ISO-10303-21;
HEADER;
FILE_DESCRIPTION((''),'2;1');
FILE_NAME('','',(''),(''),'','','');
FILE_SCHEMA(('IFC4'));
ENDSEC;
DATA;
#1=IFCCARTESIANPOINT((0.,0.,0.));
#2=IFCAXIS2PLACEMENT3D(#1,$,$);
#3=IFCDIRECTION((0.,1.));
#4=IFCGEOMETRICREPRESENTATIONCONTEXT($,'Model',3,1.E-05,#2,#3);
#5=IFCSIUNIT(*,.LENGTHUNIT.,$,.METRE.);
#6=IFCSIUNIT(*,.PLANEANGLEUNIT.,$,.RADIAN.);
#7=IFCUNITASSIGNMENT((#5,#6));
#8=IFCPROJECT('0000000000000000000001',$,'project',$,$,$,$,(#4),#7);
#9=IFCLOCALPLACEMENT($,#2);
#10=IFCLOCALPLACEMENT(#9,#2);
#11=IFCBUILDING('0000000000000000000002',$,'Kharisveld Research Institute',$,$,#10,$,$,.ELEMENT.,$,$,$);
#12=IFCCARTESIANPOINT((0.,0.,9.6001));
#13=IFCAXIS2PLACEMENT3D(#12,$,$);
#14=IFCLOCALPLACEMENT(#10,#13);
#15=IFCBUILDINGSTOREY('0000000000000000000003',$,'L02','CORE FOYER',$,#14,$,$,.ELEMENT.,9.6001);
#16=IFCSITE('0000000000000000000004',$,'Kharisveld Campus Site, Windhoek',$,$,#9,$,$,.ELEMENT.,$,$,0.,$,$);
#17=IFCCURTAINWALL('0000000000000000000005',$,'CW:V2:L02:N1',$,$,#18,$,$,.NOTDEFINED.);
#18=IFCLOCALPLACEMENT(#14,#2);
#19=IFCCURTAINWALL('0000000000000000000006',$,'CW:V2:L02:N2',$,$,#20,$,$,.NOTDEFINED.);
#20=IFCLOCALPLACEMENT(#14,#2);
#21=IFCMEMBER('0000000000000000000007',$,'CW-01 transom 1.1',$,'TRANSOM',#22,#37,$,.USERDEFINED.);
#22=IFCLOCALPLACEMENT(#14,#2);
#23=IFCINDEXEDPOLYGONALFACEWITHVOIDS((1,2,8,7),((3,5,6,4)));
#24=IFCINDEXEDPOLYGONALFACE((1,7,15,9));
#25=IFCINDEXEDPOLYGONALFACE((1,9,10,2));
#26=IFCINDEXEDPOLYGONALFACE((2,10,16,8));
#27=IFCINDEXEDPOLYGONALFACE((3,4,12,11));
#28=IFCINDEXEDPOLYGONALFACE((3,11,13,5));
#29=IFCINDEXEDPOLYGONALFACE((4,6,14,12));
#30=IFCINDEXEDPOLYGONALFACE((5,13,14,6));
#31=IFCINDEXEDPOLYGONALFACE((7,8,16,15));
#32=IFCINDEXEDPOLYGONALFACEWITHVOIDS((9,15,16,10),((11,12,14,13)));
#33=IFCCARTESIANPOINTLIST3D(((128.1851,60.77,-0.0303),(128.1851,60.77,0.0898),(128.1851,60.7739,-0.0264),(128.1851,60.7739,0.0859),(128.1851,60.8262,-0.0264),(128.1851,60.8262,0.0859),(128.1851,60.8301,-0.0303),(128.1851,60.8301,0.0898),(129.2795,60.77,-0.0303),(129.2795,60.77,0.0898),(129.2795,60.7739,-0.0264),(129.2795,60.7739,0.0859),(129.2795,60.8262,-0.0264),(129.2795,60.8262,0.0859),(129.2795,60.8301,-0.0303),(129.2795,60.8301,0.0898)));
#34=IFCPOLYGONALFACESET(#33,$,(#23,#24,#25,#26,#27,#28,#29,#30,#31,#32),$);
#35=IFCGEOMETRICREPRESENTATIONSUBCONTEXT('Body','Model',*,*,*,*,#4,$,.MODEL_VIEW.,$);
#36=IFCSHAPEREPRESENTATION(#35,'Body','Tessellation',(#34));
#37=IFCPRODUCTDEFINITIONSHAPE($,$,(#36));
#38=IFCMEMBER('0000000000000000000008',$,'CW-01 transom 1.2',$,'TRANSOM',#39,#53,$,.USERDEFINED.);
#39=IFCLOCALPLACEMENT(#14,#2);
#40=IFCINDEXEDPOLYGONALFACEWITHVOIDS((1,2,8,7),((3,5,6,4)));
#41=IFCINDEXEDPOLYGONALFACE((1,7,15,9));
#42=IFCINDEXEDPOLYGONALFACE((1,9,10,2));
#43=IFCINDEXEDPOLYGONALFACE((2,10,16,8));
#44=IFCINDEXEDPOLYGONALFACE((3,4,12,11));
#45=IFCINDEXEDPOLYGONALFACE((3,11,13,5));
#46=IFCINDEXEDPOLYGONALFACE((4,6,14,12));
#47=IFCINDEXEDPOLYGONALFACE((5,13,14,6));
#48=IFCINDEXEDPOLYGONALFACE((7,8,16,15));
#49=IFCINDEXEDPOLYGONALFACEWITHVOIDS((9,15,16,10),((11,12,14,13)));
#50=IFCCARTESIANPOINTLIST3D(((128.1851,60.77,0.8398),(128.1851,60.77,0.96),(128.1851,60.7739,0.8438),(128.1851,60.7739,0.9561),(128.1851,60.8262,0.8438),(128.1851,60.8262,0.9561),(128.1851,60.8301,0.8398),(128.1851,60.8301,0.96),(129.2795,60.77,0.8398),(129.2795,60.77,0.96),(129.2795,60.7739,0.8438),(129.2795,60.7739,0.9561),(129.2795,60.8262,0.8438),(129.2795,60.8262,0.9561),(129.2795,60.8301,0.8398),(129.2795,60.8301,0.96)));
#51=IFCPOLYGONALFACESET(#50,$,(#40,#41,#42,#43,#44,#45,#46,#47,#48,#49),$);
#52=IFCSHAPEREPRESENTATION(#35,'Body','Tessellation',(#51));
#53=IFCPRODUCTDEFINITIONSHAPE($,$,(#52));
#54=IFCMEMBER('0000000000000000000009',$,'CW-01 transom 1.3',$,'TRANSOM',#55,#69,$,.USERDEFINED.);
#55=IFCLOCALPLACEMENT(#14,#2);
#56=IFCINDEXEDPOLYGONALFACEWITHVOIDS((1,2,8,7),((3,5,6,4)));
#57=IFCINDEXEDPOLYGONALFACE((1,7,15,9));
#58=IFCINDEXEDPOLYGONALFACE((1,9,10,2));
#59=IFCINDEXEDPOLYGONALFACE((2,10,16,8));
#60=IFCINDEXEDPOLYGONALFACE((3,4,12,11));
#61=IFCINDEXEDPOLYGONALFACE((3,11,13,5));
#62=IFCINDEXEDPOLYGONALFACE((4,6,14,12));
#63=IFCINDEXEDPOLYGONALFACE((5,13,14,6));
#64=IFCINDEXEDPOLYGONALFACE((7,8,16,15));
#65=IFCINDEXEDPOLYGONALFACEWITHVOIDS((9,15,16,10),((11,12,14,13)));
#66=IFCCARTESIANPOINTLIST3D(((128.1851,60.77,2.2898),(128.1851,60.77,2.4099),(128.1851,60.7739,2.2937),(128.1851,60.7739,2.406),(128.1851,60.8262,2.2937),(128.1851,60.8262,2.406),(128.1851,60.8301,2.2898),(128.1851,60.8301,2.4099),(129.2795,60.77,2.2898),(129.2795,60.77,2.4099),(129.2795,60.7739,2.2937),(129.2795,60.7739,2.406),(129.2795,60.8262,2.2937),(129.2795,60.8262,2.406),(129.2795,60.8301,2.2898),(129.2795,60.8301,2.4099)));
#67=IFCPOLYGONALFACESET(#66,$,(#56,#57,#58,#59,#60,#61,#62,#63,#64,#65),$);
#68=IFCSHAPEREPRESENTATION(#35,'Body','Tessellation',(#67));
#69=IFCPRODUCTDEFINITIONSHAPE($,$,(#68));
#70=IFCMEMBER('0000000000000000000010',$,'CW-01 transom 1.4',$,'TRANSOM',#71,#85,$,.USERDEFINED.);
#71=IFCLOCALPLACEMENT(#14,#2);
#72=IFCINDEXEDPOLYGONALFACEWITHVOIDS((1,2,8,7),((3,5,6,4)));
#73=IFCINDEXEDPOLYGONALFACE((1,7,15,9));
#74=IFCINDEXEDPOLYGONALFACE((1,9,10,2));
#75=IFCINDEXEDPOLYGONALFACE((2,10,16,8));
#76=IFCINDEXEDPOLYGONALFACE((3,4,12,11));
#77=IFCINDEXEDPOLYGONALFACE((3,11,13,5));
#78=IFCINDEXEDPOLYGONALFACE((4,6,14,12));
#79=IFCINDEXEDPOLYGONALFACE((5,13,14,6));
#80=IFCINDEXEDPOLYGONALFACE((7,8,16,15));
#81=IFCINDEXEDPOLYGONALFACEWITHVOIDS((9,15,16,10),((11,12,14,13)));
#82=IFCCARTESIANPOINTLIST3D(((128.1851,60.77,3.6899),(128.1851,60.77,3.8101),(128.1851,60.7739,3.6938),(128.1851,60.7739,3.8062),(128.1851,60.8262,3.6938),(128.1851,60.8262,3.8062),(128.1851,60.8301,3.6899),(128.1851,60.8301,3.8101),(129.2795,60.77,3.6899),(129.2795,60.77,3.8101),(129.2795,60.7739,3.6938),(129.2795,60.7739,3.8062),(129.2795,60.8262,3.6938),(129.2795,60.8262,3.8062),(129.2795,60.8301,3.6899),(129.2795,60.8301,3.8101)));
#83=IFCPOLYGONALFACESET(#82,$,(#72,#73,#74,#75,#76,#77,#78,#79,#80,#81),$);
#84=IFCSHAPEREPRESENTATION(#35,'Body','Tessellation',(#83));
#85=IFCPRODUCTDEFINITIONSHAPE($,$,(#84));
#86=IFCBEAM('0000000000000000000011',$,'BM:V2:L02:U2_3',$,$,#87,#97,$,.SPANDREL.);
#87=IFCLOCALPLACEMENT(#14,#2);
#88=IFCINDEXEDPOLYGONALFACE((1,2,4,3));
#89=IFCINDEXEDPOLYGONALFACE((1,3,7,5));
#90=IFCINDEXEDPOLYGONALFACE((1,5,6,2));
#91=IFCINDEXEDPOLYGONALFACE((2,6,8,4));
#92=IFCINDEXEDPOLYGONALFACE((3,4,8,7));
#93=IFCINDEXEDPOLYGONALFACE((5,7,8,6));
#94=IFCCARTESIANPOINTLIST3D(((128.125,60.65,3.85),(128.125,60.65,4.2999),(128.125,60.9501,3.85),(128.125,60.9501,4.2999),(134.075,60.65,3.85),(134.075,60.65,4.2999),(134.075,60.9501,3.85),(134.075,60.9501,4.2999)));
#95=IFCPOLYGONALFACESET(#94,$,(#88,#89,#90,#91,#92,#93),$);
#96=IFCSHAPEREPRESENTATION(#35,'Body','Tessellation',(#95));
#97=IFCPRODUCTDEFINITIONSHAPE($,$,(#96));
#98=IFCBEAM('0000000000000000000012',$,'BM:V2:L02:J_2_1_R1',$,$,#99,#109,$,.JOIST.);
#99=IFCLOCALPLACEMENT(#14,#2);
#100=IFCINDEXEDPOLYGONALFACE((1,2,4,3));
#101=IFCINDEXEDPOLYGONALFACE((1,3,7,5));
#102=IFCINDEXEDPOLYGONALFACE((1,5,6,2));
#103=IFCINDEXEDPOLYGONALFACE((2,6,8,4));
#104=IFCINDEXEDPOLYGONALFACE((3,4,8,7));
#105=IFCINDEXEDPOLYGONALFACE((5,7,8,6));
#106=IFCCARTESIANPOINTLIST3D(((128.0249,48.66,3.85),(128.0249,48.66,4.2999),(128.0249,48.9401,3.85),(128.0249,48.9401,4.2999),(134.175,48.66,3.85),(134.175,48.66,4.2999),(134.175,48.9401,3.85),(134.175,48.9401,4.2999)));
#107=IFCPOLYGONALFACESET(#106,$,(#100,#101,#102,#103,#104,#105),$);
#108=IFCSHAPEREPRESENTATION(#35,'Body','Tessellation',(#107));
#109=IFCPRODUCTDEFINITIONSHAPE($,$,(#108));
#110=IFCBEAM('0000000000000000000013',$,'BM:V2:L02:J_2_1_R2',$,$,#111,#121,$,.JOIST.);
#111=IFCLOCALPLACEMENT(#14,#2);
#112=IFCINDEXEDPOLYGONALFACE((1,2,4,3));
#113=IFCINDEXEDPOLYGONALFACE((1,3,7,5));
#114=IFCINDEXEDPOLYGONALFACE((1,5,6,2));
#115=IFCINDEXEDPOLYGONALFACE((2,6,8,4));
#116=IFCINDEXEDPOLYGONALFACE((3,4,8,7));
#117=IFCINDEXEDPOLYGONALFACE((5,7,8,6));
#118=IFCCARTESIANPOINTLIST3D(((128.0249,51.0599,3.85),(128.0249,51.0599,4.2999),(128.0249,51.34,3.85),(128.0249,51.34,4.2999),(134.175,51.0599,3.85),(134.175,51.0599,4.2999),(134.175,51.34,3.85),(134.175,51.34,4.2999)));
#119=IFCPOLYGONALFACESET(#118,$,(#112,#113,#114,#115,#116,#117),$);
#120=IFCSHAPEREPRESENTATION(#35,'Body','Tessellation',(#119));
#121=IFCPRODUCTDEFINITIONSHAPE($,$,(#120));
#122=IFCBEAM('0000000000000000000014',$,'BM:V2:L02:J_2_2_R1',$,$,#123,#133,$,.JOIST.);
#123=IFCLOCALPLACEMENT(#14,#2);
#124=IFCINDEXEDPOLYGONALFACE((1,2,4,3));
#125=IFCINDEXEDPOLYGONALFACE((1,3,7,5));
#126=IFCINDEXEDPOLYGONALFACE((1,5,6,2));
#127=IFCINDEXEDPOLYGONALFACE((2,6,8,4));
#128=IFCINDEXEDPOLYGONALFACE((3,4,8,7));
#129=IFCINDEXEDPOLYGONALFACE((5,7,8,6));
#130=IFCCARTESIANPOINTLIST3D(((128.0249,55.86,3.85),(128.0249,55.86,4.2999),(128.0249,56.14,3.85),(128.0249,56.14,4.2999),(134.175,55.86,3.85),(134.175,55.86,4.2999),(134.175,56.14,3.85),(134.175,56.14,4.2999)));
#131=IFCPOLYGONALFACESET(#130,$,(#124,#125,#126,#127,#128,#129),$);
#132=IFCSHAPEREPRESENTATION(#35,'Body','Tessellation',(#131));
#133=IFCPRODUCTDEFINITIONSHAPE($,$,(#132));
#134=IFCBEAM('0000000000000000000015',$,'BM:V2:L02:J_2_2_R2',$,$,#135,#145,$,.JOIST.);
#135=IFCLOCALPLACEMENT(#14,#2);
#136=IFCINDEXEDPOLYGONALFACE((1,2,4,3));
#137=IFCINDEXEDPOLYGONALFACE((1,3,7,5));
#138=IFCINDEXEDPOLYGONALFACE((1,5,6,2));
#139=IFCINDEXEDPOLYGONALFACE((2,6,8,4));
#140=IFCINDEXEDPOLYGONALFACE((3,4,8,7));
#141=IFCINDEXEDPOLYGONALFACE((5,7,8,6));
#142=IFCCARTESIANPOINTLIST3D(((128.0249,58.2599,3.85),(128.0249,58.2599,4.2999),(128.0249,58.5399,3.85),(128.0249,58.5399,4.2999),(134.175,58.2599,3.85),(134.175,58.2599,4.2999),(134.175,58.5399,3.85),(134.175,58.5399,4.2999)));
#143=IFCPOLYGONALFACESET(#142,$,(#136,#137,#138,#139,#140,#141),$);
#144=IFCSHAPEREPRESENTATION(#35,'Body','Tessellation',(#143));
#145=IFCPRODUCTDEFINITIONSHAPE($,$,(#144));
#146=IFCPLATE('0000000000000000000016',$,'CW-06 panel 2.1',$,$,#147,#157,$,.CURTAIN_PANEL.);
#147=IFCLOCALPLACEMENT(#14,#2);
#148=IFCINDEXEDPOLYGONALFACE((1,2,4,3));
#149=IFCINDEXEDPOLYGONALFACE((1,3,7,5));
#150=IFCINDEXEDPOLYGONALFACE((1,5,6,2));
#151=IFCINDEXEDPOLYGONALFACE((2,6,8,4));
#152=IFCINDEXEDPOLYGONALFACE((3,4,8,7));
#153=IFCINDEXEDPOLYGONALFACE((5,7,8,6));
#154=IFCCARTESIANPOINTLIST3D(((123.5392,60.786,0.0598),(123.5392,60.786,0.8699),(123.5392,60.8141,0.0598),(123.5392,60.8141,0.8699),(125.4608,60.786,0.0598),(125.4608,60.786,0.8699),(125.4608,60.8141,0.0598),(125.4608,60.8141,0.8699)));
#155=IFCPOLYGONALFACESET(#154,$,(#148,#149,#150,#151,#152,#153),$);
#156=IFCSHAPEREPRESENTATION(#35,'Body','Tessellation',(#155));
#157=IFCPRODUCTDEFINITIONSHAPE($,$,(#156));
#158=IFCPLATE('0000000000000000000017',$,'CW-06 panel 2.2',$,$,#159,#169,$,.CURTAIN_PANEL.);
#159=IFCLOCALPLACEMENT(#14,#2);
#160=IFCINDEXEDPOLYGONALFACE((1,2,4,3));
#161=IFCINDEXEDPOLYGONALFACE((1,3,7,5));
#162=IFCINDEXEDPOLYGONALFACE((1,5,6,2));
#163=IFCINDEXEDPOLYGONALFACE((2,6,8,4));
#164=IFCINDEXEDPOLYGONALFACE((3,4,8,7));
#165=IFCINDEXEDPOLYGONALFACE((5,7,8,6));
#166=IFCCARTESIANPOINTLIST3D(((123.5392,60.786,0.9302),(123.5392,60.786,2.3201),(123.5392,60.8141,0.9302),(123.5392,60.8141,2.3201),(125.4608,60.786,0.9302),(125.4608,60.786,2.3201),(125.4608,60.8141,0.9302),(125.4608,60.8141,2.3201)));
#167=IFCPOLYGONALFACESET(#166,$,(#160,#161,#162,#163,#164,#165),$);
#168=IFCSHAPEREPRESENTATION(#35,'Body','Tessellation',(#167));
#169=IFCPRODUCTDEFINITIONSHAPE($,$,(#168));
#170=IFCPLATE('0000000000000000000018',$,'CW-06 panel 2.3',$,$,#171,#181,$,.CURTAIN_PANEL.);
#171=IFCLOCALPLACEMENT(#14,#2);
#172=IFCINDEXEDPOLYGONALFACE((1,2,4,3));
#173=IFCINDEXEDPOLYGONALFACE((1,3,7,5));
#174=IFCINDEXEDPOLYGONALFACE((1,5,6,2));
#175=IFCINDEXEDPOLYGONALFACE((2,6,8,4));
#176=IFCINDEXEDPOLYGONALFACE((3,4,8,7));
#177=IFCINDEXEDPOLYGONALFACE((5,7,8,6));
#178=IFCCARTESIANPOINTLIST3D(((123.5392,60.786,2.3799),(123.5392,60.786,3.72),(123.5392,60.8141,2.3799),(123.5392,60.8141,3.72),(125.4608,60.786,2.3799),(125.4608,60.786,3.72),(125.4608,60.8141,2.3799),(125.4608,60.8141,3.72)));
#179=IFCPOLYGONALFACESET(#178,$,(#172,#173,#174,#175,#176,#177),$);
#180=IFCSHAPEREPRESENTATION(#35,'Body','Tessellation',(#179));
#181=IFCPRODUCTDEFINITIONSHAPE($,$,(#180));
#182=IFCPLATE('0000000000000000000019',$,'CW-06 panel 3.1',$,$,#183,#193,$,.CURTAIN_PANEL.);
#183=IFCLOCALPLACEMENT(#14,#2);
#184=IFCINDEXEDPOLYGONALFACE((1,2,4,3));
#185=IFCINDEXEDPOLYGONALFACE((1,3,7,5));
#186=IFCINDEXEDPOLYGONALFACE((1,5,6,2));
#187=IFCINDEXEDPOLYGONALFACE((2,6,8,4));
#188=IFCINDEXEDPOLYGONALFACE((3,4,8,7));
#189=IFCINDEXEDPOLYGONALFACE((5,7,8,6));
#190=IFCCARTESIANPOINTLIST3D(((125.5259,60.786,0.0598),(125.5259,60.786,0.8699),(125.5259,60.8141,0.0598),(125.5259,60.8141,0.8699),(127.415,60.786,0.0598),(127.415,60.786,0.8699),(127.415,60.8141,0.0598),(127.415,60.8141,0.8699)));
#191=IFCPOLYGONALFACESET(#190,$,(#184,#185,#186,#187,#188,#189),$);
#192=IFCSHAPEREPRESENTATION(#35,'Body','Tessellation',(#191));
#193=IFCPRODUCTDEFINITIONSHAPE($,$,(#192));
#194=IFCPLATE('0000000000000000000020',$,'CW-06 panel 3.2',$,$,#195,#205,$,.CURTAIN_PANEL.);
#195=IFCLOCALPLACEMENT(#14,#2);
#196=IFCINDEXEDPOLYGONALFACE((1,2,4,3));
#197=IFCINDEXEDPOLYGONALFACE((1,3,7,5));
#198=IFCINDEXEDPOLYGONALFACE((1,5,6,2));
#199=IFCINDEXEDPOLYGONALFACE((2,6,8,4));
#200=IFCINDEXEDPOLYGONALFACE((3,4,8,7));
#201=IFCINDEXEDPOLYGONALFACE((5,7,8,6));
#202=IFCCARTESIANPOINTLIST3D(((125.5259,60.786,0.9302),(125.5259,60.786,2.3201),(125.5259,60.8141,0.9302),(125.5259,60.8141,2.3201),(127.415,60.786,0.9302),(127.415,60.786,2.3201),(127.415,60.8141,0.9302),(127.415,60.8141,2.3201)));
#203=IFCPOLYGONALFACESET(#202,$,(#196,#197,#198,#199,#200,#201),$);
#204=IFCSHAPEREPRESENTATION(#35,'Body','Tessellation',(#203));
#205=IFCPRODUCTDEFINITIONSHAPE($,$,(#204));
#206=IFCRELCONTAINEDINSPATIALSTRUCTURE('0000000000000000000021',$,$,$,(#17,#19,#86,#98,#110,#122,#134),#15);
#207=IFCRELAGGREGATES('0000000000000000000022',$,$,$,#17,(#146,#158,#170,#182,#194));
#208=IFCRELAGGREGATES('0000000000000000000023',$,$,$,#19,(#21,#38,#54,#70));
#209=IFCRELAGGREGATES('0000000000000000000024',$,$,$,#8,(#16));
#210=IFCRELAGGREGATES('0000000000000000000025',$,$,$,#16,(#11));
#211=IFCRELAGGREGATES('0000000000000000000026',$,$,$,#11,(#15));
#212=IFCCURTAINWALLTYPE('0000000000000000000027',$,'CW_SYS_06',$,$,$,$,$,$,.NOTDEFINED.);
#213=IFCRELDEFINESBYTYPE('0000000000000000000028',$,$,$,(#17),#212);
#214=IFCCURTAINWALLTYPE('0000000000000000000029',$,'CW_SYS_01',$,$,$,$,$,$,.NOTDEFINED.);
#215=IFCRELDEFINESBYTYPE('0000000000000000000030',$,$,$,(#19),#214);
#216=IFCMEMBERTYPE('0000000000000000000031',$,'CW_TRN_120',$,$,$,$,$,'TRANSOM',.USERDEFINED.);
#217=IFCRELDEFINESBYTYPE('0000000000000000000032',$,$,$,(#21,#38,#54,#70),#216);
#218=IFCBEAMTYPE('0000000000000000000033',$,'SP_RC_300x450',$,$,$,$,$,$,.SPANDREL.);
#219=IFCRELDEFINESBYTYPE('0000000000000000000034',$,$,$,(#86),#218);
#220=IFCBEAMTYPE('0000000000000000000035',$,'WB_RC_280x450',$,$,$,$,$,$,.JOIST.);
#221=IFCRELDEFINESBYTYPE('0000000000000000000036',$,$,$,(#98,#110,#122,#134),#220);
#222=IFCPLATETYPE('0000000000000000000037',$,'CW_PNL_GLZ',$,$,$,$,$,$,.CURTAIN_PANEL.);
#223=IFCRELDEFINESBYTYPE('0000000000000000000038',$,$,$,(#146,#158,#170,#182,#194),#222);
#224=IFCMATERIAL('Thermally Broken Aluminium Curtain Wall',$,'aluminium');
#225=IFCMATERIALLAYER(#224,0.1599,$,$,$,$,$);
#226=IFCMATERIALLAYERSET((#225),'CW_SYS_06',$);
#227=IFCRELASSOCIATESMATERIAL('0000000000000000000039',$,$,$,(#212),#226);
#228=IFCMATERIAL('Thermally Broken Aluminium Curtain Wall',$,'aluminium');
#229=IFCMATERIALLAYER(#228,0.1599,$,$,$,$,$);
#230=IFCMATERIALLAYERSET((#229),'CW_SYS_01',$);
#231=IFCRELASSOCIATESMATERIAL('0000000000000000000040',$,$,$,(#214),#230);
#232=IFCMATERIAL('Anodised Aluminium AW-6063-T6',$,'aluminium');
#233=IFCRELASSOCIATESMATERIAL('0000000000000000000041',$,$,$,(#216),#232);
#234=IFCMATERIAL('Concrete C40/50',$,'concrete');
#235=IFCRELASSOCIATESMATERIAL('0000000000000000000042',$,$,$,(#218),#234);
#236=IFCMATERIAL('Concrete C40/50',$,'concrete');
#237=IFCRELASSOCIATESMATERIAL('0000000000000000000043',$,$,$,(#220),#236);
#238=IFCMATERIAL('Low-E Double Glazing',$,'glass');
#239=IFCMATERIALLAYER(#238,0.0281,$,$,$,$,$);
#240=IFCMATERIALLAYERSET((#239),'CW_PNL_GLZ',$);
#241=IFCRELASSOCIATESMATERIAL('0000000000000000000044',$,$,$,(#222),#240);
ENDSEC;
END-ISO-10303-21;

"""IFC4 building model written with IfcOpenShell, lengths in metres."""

from ifc_helpers import new_model, si_unit, direction, frame, origin, origin_2d, place, context, subcontext, project, spatial, rectangle, hollow_rectangle, extrude, material, layer, layer_set, material_profile, profile_set, type_object, element, aggregate, save


model = new_model("IFC4")

# Units and contexts
model_context = context("Model", 3, precision=1e-05, world=origin(), true_north=direction((0.0, 1.0)))
body_context = subcontext(model_context, "Body", "Model", "MODEL_VIEW")
ifc_project = project(units=[si_unit("LENGTHUNIT", "METRE"), si_unit("PLANEANGLEUNIT", "RADIAN")], contexts=[model_context])

# Site, building, storey
site_placement = place(None, origin())
site = spatial("IfcSite", under=ifc_project, at=site_placement, Name="Kharisveld Campus Site, Windhoek", CompositionType="ELEMENT", RefElevation=0.0)
building_placement = place(site_placement, origin())
building = spatial("IfcBuilding", under=site, at=building_placement, Name="Kharisveld Research Institute", CompositionType="ELEMENT")
storey_placement = place(building_placement, frame((0.0, 0.0, 9.6001)))
storey = spatial("IfcBuildingStorey", under=building, at=storey_placement, Name="L02", Description="CORE FOYER", CompositionType="ELEMENT", Elevation=9.6001)

# Curtain wall
ifc_material_1 = material(Name="Thermally Broken Aluminium Curtain Wall", Category="aluminium")
ifc_layer_1 = layer(ifc_material_1, 0.1599)
ifc_layer_set_1 = layer_set([ifc_layer_1], Name="CW_SYS_06")
curtain_wall_type_1 = type_object("IfcCurtainWallType", Name="CW_SYS_06", PredefinedType="NOTDEFINED", material=ifc_layer_set_1)
curtain_wall_1_placement = place(storey_placement, origin())
curtain_wall_1 = element("IfcCurtainWall", 1, at=curtain_wall_1_placement, inside=storey, type_object=curtain_wall_type_1, Name="CW:V2:L02:N1", PredefinedType="NOTDEFINED")

# Curtain wall
ifc_material_2 = material(Name="Thermally Broken Aluminium Curtain Wall", Category="aluminium")
ifc_layer_2 = layer(ifc_material_2, 0.1599)
ifc_layer_set_2 = layer_set([ifc_layer_2], Name="CW_SYS_01")
curtain_wall_type_2 = type_object("IfcCurtainWallType", Name="CW_SYS_01", PredefinedType="NOTDEFINED", material=ifc_layer_set_2)
curtain_wall_2_placement = place(storey_placement, origin())
curtain_wall_2 = element("IfcCurtainWall", 2, at=curtain_wall_2_placement, inside=storey, type_object=curtain_wall_type_2, Name="CW:V2:L02:N2", PredefinedType="NOTDEFINED")

# Members
ifc_material_3 = material(Name="Anodised Aluminium AW-6063-T6", Category="aluminium")
ifc_material_profile_1 = material_profile(ifc_material_3, hollow_rectangle(XDim=0.0601, YDim=0.1201, WallThickness=0.0039, at=origin_2d()))
ifc_profile_set_1 = profile_set([ifc_material_profile_1], Name="Anodised Aluminium AW-6063-T6")
member_type_1 = type_object("IfcMemberType", Name="CW_TRN_120", ElementType="TRANSOM", PredefinedType="USERDEFINED", material=ifc_profile_set_1)
member_1_placement = place(storey_placement, frame((128.1851, 60.8, 0.0298), z_axis=(1.0, 0.0, 0.0), x_axis=(0.0, 1.0, 0.0)))
member_1 = element("IfcMember", 3, at=member_1_placement, type_object=member_type_1, Name="CW-01 transom 1.1", ObjectType="TRANSOM", PredefinedType="USERDEFINED", context=body_context, shape_type="SweptSolid", body=[
    extrude(hollow_rectangle(XDim=0.0601, YDim=0.1201, WallThickness=0.0039, at=origin_2d()), origin(), (0.0, 0.0, 1.0), 1.0945),
])
member_2_placement = place(storey_placement, frame((128.1851, 60.8, 0.8999), z_axis=(1.0, 0.0, 0.0), x_axis=(0.0, 1.0, 0.0)))
member_2 = element("IfcMember", 4, at=member_2_placement, type_object=member_type_1, Name="CW-01 transom 1.2", ObjectType="TRANSOM", PredefinedType="USERDEFINED", context=body_context, shape_type="SweptSolid", body=[
    extrude(hollow_rectangle(XDim=0.0601, YDim=0.1201, WallThickness=0.0039, at=origin_2d()), origin(), (0.0, 0.0, 1.0), 1.0945),
])
member_3_placement = place(storey_placement, frame((128.1851, 60.8, 2.3499), z_axis=(1.0, 0.0, 0.0), x_axis=(0.0, 1.0, 0.0)))
member_3 = element("IfcMember", 5, at=member_3_placement, type_object=member_type_1, Name="CW-01 transom 1.3", ObjectType="TRANSOM", PredefinedType="USERDEFINED", context=body_context, shape_type="SweptSolid", body=[
    extrude(hollow_rectangle(XDim=0.0601, YDim=0.1201, WallThickness=0.0039, at=origin_2d()), origin(), (0.0, 0.0, 1.0), 1.0945),
])
member_4_placement = place(storey_placement, frame((128.1851, 60.8, 3.75), z_axis=(1.0, 0.0, 0.0), x_axis=(0.0, 1.0, 0.0)))
member_4 = element("IfcMember", 6, at=member_4_placement, type_object=member_type_1, Name="CW-01 transom 1.4", ObjectType="TRANSOM", PredefinedType="USERDEFINED", context=body_context, shape_type="SweptSolid", body=[
    extrude(hollow_rectangle(XDim=0.0601, YDim=0.1201, WallThickness=0.0039, at=origin_2d()), origin(), (0.0, 0.0, 1.0), 1.0945),
])

# Beams
ifc_material_4 = material(Name="Concrete C40/50", Category="concrete")
ifc_material_profile_2 = material_profile(ifc_material_4, rectangle(XDim=0.3, YDim=0.45, at=origin_2d()))
ifc_profile_set_2 = profile_set([ifc_material_profile_2], Name="Concrete C40/50")
beam_type_1 = type_object("IfcBeamType", Name="SP_RC_300x450", PredefinedType="SPANDREL", material=ifc_profile_set_2)
beam_1_placement = place(storey_placement, frame((128.125, 60.8, 4.075), z_axis=(1.0, 0.0, 0.0), x_axis=(0.0, 1.0, 0.0)))
element("IfcBeam", 7, at=beam_1_placement, inside=storey, type_object=beam_type_1, Name="BM:V2:L02:U2_3", PredefinedType="SPANDREL", context=body_context, shape_type="SweptSolid", body=[
    extrude(rectangle(XDim=0.3, YDim=0.45, at=origin_2d()), origin(), (0.0, 0.0, 1.0), 5.95),
])
ifc_material_5 = material(Name="Concrete C40/50", Category="concrete")
ifc_material_profile_3 = material_profile(ifc_material_5, rectangle(XDim=0.28, YDim=0.45, at=origin_2d()))
ifc_profile_set_3 = profile_set([ifc_material_profile_3], Name="Concrete C40/50")
beam_type_2 = type_object("IfcBeamType", Name="WB_RC_280x450", PredefinedType="JOIST", material=ifc_profile_set_3)
for number, where, z_axis, x_axis, name in (
    (8, (128.0249, 48.8, 4.075), (1.0, 0.0, 0.0), (0.0, 1.0, 0.0), "BM:V2:L02:J_2_1_R1"),
    (9, (128.0249, 51.2, 4.075), (1.0, 0.0, 0.0), (0.0, 1.0, 0.0), "BM:V2:L02:J_2_1_R2"),
    (10, (128.0249, 56.0, 4.075), (1.0, 0.0, 0.0), (0.0, 1.0, 0.0), "BM:V2:L02:J_2_2_R1"),
    (11, (128.0249, 58.3999, 4.075), (1.0, 0.0, 0.0), (0.0, 1.0, 0.0), "BM:V2:L02:J_2_2_R2"),
):
    element("IfcBeam", number, at=place(storey_placement, frame(where, z_axis=z_axis, x_axis=x_axis)), inside=storey, type_object=beam_type_2, Name=name, PredefinedType="JOIST", context=body_context, shape_type="SweptSolid", body=[
        extrude(rectangle(XDim=0.28, YDim=0.45, at=origin_2d()), origin(), (0.0, 0.0, 1.0), 6.1501),
    ])

# Plates
ifc_material_6 = material(Name="Low-E Double Glazing", Category="glass")
ifc_layer_3 = layer(ifc_material_6, 0.0281)
ifc_layer_set_3 = layer_set([ifc_layer_3], Name="CW_PNL_GLZ")
plate_type = type_object("IfcPlateType", Name="CW_PNL_GLZ", PredefinedType="CURTAIN_PANEL", material=ifc_layer_set_3)
plate_1_placement = place(storey_placement, frame((124.5, 60.8, 0.0598), z_axis=(0.0, 0.0, 1.0), x_axis=(1.0, 0.0, 0.0)))
plate_1 = element("IfcPlate", 12, at=plate_1_placement, type_object=plate_type, Name="CW-06 panel 2.1", PredefinedType="CURTAIN_PANEL", context=body_context, shape_type="SweptSolid", body=[
    extrude(rectangle(XDim=1.9216, YDim=0.0281, at=origin_2d()), origin(), (0.0, 0.0, 1.0), 0.8101),
])
plate_2_placement = place(storey_placement, frame((124.5, 60.8, 0.9302), z_axis=(0.0, 0.0, 1.0), x_axis=(1.0, 0.0, 0.0)))
plate_2 = element("IfcPlate", 13, at=plate_2_placement, type_object=plate_type, Name="CW-06 panel 2.2", PredefinedType="CURTAIN_PANEL", context=body_context, shape_type="SweptSolid", body=[
    extrude(rectangle(XDim=1.9216, YDim=0.0281, at=origin_2d()), origin(), (0.0, 0.0, 1.0), 1.3899),
])
plate_3_placement = place(storey_placement, frame((124.5, 60.8, 2.3799), z_axis=(0.0, 0.0, 1.0), x_axis=(1.0, 0.0, 0.0)))
plate_3 = element("IfcPlate", 14, at=plate_3_placement, type_object=plate_type, Name="CW-06 panel 2.3", PredefinedType="CURTAIN_PANEL", context=body_context, shape_type="SweptSolid", body=[
    extrude(rectangle(XDim=1.9216, YDim=0.0281, at=origin_2d()), origin(), (0.0, 0.0, 1.0), 1.3401),
])
plate_4_placement = place(storey_placement, frame((126.4705, 60.8, 0.0598), z_axis=(0.0, 0.0, 1.0), x_axis=(1.0, 0.0, 0.0)))
plate_4 = element("IfcPlate", 15, at=plate_4_placement, type_object=plate_type, Name="CW-06 panel 3.1", PredefinedType="CURTAIN_PANEL", context=body_context, shape_type="SweptSolid", body=[
    extrude(rectangle(XDim=1.8892, YDim=0.0281, at=origin_2d()), origin(), (0.0, 0.0, 1.0), 0.8101),
])
plate_5_placement = place(storey_placement, frame((126.4705, 60.8, 0.9302), z_axis=(0.0, 0.0, 1.0), x_axis=(1.0, 0.0, 0.0)))
plate_5 = element("IfcPlate", 16, at=plate_5_placement, type_object=plate_type, Name="CW-06 panel 3.2", PredefinedType="CURTAIN_PANEL", context=body_context, shape_type="SweptSolid", body=[
    extrude(rectangle(XDim=1.8892, YDim=0.0281, at=origin_2d()), origin(), (0.0, 0.0, 1.0), 1.3899),
])
aggregate(curtain_wall_1, [plate_1, plate_2, plate_3, plate_4, plate_5])
aggregate(curtain_wall_2, [member_1, member_2, member_3, member_4])

save(model, "model.ifc")
